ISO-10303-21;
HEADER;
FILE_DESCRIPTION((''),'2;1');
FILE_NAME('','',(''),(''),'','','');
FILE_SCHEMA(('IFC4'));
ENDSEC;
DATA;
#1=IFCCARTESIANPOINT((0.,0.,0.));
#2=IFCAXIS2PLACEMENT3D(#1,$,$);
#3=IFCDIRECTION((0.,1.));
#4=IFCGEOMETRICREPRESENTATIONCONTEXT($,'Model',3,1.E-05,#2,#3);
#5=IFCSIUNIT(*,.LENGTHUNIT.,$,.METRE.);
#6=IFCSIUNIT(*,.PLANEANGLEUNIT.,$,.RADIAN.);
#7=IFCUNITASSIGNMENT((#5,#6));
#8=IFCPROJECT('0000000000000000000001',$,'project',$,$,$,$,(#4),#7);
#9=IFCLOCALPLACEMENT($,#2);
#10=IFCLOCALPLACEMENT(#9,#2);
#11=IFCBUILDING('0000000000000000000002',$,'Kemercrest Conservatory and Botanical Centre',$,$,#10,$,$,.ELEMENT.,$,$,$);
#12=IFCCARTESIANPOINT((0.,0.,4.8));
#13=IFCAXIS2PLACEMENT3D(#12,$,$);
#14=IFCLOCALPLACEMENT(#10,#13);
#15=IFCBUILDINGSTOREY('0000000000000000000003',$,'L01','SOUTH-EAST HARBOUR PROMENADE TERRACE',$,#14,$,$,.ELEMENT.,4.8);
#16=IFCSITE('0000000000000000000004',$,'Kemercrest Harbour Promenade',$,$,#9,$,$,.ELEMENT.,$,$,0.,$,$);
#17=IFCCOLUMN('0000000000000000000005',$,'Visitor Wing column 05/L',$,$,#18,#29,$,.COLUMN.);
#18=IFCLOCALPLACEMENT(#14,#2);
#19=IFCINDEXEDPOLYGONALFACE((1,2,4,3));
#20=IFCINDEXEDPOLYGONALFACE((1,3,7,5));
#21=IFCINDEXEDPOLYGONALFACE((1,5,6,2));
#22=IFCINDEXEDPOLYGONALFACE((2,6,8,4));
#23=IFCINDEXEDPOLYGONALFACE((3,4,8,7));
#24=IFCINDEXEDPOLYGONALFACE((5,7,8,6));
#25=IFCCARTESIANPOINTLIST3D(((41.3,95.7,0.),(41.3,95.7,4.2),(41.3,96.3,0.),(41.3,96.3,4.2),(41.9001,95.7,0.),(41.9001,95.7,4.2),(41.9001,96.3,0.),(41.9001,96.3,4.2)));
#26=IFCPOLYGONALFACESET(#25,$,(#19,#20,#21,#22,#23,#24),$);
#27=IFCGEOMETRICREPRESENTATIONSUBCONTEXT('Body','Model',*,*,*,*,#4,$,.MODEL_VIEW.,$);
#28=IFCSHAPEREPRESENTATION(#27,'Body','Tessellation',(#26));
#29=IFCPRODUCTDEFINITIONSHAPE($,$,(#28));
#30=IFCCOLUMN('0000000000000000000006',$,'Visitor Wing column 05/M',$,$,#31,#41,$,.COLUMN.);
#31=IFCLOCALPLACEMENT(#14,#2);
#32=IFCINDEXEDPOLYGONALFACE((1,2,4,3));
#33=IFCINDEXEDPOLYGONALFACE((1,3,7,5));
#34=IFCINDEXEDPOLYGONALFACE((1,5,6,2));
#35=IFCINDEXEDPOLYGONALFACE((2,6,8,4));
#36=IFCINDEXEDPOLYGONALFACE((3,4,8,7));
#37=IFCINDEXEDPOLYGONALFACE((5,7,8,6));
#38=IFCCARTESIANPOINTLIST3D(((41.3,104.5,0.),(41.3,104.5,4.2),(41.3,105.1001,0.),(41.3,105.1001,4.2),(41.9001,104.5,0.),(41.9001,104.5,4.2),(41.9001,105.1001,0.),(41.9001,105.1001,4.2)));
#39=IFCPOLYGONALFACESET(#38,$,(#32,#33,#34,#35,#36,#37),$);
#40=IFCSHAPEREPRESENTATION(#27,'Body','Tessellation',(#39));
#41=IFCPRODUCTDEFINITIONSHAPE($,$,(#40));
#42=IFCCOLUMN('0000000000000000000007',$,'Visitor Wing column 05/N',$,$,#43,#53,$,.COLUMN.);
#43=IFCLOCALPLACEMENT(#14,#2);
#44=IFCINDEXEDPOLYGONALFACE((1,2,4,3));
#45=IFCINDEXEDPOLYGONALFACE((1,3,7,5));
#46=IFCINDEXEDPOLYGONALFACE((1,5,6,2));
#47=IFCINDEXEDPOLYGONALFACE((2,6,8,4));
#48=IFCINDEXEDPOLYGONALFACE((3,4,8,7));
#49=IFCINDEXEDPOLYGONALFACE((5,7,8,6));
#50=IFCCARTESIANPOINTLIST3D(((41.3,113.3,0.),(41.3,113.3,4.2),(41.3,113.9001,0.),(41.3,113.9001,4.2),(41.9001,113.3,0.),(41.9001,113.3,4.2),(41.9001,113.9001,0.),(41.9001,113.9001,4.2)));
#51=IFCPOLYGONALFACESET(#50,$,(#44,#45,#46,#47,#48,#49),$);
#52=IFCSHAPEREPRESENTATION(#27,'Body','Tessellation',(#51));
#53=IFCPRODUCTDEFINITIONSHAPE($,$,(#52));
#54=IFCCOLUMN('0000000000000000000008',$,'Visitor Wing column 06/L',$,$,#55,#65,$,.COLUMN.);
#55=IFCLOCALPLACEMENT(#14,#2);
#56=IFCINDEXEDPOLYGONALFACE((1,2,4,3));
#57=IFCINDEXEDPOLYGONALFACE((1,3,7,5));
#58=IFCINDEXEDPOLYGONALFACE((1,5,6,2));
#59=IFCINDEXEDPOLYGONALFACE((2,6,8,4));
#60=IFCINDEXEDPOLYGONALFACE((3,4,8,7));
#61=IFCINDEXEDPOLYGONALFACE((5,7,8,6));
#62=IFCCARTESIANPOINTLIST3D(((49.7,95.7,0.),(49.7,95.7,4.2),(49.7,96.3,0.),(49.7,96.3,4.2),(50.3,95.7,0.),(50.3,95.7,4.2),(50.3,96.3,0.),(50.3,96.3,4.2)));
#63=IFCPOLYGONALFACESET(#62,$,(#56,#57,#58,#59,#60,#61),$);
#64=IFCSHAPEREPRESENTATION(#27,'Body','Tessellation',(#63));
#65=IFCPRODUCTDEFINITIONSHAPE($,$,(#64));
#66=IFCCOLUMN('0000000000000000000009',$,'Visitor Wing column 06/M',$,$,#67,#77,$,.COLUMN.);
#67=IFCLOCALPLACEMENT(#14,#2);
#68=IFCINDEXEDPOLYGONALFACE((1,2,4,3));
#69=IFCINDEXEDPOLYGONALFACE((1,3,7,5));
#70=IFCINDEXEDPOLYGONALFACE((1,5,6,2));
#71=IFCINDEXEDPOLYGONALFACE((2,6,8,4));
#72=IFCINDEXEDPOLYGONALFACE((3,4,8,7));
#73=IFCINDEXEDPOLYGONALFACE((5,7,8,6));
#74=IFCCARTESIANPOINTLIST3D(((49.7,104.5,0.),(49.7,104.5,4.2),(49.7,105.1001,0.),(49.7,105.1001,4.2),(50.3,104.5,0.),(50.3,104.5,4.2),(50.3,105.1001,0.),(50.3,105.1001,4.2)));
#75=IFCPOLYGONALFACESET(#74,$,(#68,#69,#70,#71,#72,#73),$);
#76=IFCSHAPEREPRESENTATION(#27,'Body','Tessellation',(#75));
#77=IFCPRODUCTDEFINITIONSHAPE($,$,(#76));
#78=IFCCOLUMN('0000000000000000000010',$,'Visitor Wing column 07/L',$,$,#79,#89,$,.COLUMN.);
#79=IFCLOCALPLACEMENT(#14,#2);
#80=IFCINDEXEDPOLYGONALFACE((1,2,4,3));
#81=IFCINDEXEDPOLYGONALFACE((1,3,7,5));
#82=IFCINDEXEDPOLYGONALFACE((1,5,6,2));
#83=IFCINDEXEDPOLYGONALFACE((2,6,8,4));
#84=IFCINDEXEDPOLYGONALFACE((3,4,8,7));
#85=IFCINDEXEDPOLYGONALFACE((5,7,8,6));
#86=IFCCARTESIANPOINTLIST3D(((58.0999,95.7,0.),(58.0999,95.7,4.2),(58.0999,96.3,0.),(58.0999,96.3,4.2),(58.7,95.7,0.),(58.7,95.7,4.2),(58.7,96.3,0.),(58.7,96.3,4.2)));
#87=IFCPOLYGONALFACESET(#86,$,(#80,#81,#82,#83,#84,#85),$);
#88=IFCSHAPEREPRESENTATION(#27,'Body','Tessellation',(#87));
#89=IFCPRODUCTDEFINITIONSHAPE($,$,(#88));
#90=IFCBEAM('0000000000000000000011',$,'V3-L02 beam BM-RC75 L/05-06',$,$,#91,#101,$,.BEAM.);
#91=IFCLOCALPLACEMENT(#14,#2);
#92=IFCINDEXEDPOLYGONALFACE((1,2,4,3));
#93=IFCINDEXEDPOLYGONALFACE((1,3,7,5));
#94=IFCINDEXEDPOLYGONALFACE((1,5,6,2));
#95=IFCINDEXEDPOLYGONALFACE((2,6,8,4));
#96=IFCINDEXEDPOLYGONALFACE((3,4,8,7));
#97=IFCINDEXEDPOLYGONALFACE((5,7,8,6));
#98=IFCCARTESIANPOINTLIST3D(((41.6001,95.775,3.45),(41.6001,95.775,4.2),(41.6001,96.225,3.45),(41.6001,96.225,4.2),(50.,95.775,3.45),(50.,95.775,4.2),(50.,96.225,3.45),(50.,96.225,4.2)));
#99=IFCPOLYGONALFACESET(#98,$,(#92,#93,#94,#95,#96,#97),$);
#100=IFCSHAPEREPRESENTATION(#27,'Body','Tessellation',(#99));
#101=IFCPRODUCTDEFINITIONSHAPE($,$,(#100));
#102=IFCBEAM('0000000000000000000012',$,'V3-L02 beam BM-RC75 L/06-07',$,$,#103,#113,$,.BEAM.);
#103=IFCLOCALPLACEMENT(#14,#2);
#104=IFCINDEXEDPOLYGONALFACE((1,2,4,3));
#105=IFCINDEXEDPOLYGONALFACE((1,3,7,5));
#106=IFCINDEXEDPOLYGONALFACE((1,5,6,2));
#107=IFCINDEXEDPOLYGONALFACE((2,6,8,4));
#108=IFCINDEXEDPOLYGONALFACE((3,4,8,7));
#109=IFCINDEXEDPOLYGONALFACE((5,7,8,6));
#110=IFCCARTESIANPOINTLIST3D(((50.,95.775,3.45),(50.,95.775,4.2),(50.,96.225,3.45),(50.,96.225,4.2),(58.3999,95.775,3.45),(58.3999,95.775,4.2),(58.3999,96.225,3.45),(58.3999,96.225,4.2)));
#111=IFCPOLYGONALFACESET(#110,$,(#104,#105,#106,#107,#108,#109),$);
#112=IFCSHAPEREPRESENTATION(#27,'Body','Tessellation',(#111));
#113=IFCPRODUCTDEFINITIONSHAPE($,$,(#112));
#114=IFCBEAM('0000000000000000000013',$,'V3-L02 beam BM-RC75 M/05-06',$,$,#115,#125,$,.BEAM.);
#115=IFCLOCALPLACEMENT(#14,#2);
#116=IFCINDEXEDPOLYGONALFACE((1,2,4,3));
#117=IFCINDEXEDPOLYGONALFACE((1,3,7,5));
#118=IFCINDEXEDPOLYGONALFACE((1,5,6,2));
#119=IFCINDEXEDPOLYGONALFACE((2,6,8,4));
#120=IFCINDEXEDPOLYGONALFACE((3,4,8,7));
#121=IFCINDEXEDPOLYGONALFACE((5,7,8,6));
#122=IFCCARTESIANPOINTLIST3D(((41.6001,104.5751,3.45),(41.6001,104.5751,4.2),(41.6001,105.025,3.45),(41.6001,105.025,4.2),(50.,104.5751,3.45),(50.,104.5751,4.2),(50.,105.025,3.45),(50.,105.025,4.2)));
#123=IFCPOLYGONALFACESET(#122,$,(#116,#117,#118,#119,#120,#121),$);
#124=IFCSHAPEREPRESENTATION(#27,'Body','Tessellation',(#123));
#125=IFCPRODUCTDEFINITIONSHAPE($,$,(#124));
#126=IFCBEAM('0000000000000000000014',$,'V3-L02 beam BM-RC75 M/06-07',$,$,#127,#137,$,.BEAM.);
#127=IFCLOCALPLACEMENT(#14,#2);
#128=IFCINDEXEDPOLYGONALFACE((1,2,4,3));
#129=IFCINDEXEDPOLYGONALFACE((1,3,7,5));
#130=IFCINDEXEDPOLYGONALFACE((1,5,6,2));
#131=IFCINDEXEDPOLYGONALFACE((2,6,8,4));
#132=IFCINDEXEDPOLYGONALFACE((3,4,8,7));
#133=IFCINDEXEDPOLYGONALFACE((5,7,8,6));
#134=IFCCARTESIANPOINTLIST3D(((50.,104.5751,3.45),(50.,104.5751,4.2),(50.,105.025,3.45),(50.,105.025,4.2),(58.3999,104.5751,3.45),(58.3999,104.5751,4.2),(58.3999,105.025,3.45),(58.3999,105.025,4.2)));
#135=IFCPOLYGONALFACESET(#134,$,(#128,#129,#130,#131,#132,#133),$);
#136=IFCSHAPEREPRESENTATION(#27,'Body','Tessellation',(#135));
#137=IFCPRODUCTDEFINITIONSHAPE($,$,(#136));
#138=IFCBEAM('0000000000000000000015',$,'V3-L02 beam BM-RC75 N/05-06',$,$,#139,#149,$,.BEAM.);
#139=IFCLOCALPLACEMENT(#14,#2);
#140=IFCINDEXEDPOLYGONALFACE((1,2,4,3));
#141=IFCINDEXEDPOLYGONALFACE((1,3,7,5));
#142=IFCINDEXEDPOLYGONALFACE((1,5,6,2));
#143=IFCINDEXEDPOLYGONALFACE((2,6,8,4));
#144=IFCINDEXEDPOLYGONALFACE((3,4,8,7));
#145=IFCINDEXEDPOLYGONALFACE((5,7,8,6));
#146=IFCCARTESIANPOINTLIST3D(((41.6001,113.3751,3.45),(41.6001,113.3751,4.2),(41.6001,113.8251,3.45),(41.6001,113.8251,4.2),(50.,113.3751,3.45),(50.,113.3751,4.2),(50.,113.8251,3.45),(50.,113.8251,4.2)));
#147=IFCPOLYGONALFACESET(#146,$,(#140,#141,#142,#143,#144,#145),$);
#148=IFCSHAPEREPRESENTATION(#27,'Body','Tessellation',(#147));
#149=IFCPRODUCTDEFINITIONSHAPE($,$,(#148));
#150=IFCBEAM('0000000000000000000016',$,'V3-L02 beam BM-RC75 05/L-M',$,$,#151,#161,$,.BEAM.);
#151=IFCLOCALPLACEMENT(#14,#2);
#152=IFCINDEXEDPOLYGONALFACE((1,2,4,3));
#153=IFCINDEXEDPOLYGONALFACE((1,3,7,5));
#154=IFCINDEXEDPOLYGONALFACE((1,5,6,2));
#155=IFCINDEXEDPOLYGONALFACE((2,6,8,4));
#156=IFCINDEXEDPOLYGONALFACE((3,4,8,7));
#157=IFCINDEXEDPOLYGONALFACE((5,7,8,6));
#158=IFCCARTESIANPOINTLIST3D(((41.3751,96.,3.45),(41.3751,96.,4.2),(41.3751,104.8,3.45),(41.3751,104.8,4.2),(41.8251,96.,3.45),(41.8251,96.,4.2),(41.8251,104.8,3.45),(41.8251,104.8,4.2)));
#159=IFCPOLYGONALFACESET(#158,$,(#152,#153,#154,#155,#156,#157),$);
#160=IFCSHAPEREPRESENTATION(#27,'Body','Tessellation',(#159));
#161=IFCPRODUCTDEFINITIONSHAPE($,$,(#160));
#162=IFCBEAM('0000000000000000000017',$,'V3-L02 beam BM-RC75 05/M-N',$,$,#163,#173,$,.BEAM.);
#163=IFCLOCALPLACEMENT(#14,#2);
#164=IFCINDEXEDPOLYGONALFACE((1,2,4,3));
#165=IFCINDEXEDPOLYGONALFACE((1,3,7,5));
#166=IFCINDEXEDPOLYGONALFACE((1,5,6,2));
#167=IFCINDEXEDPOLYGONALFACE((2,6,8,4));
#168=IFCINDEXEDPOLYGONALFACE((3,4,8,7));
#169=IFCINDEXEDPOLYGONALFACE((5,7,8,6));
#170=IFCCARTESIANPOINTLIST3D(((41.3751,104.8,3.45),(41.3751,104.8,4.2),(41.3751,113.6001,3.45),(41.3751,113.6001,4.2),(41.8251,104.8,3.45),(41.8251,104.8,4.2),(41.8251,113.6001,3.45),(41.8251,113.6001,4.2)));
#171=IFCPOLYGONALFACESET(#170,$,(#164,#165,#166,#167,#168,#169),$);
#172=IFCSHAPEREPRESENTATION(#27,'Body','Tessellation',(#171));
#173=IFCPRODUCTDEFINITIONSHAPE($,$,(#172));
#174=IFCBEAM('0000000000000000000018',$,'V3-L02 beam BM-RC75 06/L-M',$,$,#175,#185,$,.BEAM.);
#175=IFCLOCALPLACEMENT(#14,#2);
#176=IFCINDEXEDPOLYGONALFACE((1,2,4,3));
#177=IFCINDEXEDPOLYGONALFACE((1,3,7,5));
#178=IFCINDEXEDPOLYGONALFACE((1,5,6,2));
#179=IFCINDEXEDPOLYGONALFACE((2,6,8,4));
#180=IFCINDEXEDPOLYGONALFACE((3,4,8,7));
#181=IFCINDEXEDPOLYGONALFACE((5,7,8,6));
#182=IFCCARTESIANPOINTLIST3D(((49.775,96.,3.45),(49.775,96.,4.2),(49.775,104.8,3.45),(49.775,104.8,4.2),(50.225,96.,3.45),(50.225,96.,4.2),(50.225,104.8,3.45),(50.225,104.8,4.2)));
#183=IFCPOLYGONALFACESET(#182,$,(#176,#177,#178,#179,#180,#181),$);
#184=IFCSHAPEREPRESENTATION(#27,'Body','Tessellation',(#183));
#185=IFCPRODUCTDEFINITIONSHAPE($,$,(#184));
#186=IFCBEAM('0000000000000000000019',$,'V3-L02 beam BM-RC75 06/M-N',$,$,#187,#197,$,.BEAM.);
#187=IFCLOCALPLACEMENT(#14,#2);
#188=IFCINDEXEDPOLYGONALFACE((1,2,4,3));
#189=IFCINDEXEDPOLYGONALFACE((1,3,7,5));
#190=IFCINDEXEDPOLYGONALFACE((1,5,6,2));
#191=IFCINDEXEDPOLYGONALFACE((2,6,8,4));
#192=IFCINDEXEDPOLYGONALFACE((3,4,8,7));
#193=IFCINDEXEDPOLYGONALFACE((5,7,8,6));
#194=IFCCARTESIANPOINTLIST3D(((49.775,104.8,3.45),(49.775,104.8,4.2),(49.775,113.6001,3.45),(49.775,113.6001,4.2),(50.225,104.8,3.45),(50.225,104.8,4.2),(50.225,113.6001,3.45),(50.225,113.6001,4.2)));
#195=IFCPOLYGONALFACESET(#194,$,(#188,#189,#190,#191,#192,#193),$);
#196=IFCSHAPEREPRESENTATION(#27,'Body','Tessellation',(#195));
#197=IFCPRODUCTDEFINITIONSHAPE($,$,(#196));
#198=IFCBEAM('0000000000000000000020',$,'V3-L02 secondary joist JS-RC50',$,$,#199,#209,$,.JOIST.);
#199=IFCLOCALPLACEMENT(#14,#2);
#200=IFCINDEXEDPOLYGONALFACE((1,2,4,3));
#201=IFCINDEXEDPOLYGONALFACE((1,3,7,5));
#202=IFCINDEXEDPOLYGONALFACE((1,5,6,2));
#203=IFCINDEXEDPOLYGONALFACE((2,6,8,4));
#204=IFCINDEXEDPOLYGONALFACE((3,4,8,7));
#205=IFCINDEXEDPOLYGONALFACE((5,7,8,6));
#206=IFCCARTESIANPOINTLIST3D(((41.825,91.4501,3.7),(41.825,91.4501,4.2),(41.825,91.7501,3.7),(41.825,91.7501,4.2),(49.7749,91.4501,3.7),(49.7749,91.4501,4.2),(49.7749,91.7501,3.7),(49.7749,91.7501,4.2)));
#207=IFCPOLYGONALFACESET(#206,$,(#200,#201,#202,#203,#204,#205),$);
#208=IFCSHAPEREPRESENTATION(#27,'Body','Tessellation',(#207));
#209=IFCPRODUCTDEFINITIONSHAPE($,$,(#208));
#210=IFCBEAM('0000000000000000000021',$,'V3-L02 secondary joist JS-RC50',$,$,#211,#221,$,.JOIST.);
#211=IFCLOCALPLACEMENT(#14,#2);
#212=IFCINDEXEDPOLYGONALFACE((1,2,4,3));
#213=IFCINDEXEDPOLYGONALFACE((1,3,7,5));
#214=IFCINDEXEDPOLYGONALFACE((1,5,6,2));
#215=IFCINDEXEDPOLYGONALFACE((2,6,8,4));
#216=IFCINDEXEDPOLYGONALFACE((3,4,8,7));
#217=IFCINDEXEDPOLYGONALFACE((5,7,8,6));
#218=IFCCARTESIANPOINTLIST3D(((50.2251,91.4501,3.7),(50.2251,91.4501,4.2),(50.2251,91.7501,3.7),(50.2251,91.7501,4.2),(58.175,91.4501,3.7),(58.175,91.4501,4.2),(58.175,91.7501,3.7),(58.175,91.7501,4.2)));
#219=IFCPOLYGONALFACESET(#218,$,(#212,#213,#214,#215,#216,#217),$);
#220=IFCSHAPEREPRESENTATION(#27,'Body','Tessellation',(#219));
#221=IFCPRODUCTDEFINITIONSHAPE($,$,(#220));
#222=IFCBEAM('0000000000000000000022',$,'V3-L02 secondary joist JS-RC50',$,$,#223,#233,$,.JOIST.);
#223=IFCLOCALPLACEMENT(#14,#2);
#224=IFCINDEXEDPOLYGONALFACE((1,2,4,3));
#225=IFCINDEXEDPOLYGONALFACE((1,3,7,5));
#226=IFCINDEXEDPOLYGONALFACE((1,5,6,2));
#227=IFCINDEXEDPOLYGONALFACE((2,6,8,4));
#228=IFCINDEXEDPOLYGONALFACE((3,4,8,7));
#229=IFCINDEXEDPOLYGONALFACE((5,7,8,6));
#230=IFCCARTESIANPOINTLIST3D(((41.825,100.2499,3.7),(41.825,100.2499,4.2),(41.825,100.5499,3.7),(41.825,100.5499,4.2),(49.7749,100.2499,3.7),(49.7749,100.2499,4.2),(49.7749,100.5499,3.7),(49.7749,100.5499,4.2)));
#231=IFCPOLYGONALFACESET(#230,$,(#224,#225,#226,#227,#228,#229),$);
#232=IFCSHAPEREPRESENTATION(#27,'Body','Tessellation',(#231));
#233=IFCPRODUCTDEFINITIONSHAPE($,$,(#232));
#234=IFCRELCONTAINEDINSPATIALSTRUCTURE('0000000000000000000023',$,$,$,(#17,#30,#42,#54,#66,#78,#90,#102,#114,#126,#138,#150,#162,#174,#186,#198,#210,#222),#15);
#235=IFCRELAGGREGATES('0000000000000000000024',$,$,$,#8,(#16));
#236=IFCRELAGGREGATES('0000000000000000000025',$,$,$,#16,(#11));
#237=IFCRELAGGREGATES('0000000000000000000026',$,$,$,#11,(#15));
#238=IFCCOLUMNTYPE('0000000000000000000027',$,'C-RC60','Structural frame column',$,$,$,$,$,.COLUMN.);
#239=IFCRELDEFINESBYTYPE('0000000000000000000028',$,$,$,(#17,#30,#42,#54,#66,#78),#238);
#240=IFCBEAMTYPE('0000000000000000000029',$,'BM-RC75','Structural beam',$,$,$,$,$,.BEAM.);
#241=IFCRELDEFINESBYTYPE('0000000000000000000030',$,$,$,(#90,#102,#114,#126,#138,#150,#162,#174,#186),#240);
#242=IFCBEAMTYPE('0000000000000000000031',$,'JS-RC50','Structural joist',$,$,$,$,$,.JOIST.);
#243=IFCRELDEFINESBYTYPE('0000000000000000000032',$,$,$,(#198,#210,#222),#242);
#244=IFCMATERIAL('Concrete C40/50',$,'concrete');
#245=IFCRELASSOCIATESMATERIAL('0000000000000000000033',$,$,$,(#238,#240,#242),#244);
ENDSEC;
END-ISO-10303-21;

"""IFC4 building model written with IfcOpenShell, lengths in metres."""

from ifc_helpers import new_model, si_unit, direction, frame, origin, origin_2d, place, context, subcontext, project, spatial, rectangle, extrude, material, material_profile, profile_set, type_object, element, save


model = new_model("IFC4")

# Units and contexts
model_context = context("Model", 3, precision=1e-05, world=origin(), true_north=direction((0.0, 1.0)))
body_context = subcontext(model_context, "Body", "Model", "MODEL_VIEW")
ifc_project = project(units=[si_unit("LENGTHUNIT", "METRE"), si_unit("PLANEANGLEUNIT", "RADIAN")], contexts=[model_context])

# Site, building, storey
site_placement = place(None, origin())
site = spatial("IfcSite", under=ifc_project, at=site_placement, Name="Kemercrest Harbour Promenade", CompositionType="ELEMENT", RefElevation=0.0)
building_placement = place(site_placement, origin())
building = spatial("IfcBuilding", under=site, at=building_placement, Name="Kemercrest Conservatory and Botanical Centre", CompositionType="ELEMENT")
storey_placement = place(building_placement, frame((0.0, 0.0, 4.8)))
storey = spatial("IfcBuildingStorey", under=building, at=storey_placement, Name="L01", Description="SOUTH-EAST HARBOUR PROMENADE TERRACE", CompositionType="ELEMENT", Elevation=4.8)

# Columns
ifc_material_1 = material(Name="Concrete C40/50", Category="concrete")
ifc_material_profile_1 = material_profile(ifc_material_1, rectangle(XDim=0.6001, YDim=0.6001, at=origin_2d()), Name="RC 600x600")
ifc_profile_set_1 = profile_set([ifc_material_profile_1], Name="Concrete C40/50")
column_type = type_object("IfcColumnType", Name="C-RC60", Description="Structural frame column", PredefinedType="COLUMN", material=ifc_profile_set_1)
for number, where, z_axis, x_axis, name in (
    (1, (41.6001, 96.0, 0.0), (0.0, 0.0, 1.0), (1.0, 0.0, 0.0), "Visitor Wing column 05/L"),
    (2, (41.6001, 104.8, 0.0), (0.0, 0.0, 1.0), (1.0, 0.0, 0.0), "Visitor Wing column 05/M"),
    (3, (41.6001, 113.6001, 0.0), (0.0, 0.0, 1.0), (1.0, 0.0, 0.0), "Visitor Wing column 05/N"),
    (4, (50.0, 96.0, 0.0), (0.0, 0.0, 1.0), (1.0, 0.0, 0.0), "Visitor Wing column 06/L"),
    (5, (50.0, 104.8, 0.0), (0.0, 0.0, 1.0), (1.0, 0.0, 0.0), "Visitor Wing column 06/M"),
    (6, (58.3999, 96.0, 0.0), (0.0, 0.0, 1.0), (1.0, 0.0, 0.0), "Visitor Wing column 07/L"),
):
    element("IfcColumn", number, at=place(storey_placement, frame(where, z_axis=z_axis, x_axis=x_axis)), inside=storey, type_object=column_type, Name=name, PredefinedType="COLUMN", context=body_context, shape_type="SweptSolid", body=[
        extrude(rectangle(XDim=0.6001, YDim=0.6001, at=origin_2d()), origin(), (0.0, 0.0, 1.0), 4.2),
    ])

# Beams
ifc_material_profile_2 = material_profile(ifc_material_1, rectangle(XDim=0.45, YDim=0.75, at=origin_2d()), Name="RC 450x750")
ifc_profile_set_2 = profile_set([ifc_material_profile_2], Name="Concrete C40/50")
beam_type_1 = type_object("IfcBeamType", Name="BM-RC75", Description="Structural beam", PredefinedType="BEAM", material=ifc_profile_set_2)
for number, where, z_axis, x_axis, name in (
    (7, (41.6001, 96.0, 3.825), (1.0, 0.0, 0.0), (0.0, 1.0, 0.0), "V3-L02 beam BM-RC75 L/05-06"),
    (8, (50.0, 96.0, 3.825), (1.0, 0.0, 0.0), (0.0, 1.0, 0.0), "V3-L02 beam BM-RC75 L/06-07"),
    (9, (41.6001, 104.8, 3.825), (1.0, 0.0, 0.0), (0.0, 1.0, 0.0), "V3-L02 beam BM-RC75 M/05-06"),
    (10, (50.0, 104.8, 3.825), (1.0, 0.0, 0.0), (0.0, 1.0, 0.0), "V3-L02 beam BM-RC75 M/06-07"),
    (11, (41.6001, 113.6001, 3.825), (1.0, 0.0, 0.0), (0.0, 1.0, 0.0), "V3-L02 beam BM-RC75 N/05-06"),
):
    element("IfcBeam", number, at=place(storey_placement, frame(where, z_axis=z_axis, x_axis=x_axis)), inside=storey, type_object=beam_type_1, Name=name, PredefinedType="BEAM", context=body_context, shape_type="SweptSolid", body=[
        extrude(rectangle(XDim=0.45, YDim=0.75, at=origin_2d()), origin(), (0.0, 0.0, 1.0), 8.3999),
    ])
for number, where, z_axis, x_axis, name in (
    (12, (41.6001, 96.0, 3.825), (0.0, 1.0, 0.0), (-1.0, 0.0, 0.0), "V3-L02 beam BM-RC75 05/L-M"),
    (13, (41.6001, 104.8, 3.825), (0.0, 1.0, 0.0), (-1.0, 0.0, 0.0), "V3-L02 beam BM-RC75 05/M-N"),
    (14, (50.0, 96.0, 3.825), (0.0, 1.0, 0.0), (-1.0, 0.0, 0.0), "V3-L02 beam BM-RC75 06/L-M"),
    (15, (50.0, 104.8, 3.825), (0.0, 1.0, 0.0), (-1.0, 0.0, 0.0), "V3-L02 beam BM-RC75 06/M-N"),
):
    element("IfcBeam", number, at=place(storey_placement, frame(where, z_axis=z_axis, x_axis=x_axis)), inside=storey, type_object=beam_type_1, Name=name, PredefinedType="BEAM", context=body_context, shape_type="SweptSolid", body=[
        extrude(rectangle(XDim=0.45, YDim=0.75, at=origin_2d()), origin(), (0.0, 0.0, 1.0), 8.8),
    ])
ifc_material_profile_3 = material_profile(ifc_material_1, rectangle(XDim=0.3, YDim=0.5, at=origin_2d()), Name="RC 300x500")
ifc_profile_set_3 = profile_set([ifc_material_profile_3], Name="Concrete C40/50")
beam_type_2 = type_object("IfcBeamType", Name="JS-RC50", Description="Structural joist", PredefinedType="JOIST", material=ifc_profile_set_3)
for number, where, z_axis, x_axis, name in (
    (16, (41.825, 91.6001, 3.95), (1.0, 0.0, 0.0), (0.0, 1.0, 0.0), "V3-L02 secondary joist JS-RC50"),
    (17, (50.2251, 91.6001, 3.95), (1.0, 0.0, 0.0), (0.0, 1.0, 0.0), "V3-L02 secondary joist JS-RC50"),
    (18, (41.825, 100.3999, 3.95), (1.0, 0.0, 0.0), (0.0, 1.0, 0.0), "V3-L02 secondary joist JS-RC50"),
):
    element("IfcBeam", number, at=place(storey_placement, frame(where, z_axis=z_axis, x_axis=x_axis)), inside=storey, type_object=beam_type_2, Name=name, PredefinedType="JOIST", context=body_context, shape_type="SweptSolid", body=[
        extrude(rectangle(XDim=0.3, YDim=0.5, at=origin_2d()), origin(), (0.0, 0.0, 1.0), 7.95),
    ])

save(model, "model.ifc")
